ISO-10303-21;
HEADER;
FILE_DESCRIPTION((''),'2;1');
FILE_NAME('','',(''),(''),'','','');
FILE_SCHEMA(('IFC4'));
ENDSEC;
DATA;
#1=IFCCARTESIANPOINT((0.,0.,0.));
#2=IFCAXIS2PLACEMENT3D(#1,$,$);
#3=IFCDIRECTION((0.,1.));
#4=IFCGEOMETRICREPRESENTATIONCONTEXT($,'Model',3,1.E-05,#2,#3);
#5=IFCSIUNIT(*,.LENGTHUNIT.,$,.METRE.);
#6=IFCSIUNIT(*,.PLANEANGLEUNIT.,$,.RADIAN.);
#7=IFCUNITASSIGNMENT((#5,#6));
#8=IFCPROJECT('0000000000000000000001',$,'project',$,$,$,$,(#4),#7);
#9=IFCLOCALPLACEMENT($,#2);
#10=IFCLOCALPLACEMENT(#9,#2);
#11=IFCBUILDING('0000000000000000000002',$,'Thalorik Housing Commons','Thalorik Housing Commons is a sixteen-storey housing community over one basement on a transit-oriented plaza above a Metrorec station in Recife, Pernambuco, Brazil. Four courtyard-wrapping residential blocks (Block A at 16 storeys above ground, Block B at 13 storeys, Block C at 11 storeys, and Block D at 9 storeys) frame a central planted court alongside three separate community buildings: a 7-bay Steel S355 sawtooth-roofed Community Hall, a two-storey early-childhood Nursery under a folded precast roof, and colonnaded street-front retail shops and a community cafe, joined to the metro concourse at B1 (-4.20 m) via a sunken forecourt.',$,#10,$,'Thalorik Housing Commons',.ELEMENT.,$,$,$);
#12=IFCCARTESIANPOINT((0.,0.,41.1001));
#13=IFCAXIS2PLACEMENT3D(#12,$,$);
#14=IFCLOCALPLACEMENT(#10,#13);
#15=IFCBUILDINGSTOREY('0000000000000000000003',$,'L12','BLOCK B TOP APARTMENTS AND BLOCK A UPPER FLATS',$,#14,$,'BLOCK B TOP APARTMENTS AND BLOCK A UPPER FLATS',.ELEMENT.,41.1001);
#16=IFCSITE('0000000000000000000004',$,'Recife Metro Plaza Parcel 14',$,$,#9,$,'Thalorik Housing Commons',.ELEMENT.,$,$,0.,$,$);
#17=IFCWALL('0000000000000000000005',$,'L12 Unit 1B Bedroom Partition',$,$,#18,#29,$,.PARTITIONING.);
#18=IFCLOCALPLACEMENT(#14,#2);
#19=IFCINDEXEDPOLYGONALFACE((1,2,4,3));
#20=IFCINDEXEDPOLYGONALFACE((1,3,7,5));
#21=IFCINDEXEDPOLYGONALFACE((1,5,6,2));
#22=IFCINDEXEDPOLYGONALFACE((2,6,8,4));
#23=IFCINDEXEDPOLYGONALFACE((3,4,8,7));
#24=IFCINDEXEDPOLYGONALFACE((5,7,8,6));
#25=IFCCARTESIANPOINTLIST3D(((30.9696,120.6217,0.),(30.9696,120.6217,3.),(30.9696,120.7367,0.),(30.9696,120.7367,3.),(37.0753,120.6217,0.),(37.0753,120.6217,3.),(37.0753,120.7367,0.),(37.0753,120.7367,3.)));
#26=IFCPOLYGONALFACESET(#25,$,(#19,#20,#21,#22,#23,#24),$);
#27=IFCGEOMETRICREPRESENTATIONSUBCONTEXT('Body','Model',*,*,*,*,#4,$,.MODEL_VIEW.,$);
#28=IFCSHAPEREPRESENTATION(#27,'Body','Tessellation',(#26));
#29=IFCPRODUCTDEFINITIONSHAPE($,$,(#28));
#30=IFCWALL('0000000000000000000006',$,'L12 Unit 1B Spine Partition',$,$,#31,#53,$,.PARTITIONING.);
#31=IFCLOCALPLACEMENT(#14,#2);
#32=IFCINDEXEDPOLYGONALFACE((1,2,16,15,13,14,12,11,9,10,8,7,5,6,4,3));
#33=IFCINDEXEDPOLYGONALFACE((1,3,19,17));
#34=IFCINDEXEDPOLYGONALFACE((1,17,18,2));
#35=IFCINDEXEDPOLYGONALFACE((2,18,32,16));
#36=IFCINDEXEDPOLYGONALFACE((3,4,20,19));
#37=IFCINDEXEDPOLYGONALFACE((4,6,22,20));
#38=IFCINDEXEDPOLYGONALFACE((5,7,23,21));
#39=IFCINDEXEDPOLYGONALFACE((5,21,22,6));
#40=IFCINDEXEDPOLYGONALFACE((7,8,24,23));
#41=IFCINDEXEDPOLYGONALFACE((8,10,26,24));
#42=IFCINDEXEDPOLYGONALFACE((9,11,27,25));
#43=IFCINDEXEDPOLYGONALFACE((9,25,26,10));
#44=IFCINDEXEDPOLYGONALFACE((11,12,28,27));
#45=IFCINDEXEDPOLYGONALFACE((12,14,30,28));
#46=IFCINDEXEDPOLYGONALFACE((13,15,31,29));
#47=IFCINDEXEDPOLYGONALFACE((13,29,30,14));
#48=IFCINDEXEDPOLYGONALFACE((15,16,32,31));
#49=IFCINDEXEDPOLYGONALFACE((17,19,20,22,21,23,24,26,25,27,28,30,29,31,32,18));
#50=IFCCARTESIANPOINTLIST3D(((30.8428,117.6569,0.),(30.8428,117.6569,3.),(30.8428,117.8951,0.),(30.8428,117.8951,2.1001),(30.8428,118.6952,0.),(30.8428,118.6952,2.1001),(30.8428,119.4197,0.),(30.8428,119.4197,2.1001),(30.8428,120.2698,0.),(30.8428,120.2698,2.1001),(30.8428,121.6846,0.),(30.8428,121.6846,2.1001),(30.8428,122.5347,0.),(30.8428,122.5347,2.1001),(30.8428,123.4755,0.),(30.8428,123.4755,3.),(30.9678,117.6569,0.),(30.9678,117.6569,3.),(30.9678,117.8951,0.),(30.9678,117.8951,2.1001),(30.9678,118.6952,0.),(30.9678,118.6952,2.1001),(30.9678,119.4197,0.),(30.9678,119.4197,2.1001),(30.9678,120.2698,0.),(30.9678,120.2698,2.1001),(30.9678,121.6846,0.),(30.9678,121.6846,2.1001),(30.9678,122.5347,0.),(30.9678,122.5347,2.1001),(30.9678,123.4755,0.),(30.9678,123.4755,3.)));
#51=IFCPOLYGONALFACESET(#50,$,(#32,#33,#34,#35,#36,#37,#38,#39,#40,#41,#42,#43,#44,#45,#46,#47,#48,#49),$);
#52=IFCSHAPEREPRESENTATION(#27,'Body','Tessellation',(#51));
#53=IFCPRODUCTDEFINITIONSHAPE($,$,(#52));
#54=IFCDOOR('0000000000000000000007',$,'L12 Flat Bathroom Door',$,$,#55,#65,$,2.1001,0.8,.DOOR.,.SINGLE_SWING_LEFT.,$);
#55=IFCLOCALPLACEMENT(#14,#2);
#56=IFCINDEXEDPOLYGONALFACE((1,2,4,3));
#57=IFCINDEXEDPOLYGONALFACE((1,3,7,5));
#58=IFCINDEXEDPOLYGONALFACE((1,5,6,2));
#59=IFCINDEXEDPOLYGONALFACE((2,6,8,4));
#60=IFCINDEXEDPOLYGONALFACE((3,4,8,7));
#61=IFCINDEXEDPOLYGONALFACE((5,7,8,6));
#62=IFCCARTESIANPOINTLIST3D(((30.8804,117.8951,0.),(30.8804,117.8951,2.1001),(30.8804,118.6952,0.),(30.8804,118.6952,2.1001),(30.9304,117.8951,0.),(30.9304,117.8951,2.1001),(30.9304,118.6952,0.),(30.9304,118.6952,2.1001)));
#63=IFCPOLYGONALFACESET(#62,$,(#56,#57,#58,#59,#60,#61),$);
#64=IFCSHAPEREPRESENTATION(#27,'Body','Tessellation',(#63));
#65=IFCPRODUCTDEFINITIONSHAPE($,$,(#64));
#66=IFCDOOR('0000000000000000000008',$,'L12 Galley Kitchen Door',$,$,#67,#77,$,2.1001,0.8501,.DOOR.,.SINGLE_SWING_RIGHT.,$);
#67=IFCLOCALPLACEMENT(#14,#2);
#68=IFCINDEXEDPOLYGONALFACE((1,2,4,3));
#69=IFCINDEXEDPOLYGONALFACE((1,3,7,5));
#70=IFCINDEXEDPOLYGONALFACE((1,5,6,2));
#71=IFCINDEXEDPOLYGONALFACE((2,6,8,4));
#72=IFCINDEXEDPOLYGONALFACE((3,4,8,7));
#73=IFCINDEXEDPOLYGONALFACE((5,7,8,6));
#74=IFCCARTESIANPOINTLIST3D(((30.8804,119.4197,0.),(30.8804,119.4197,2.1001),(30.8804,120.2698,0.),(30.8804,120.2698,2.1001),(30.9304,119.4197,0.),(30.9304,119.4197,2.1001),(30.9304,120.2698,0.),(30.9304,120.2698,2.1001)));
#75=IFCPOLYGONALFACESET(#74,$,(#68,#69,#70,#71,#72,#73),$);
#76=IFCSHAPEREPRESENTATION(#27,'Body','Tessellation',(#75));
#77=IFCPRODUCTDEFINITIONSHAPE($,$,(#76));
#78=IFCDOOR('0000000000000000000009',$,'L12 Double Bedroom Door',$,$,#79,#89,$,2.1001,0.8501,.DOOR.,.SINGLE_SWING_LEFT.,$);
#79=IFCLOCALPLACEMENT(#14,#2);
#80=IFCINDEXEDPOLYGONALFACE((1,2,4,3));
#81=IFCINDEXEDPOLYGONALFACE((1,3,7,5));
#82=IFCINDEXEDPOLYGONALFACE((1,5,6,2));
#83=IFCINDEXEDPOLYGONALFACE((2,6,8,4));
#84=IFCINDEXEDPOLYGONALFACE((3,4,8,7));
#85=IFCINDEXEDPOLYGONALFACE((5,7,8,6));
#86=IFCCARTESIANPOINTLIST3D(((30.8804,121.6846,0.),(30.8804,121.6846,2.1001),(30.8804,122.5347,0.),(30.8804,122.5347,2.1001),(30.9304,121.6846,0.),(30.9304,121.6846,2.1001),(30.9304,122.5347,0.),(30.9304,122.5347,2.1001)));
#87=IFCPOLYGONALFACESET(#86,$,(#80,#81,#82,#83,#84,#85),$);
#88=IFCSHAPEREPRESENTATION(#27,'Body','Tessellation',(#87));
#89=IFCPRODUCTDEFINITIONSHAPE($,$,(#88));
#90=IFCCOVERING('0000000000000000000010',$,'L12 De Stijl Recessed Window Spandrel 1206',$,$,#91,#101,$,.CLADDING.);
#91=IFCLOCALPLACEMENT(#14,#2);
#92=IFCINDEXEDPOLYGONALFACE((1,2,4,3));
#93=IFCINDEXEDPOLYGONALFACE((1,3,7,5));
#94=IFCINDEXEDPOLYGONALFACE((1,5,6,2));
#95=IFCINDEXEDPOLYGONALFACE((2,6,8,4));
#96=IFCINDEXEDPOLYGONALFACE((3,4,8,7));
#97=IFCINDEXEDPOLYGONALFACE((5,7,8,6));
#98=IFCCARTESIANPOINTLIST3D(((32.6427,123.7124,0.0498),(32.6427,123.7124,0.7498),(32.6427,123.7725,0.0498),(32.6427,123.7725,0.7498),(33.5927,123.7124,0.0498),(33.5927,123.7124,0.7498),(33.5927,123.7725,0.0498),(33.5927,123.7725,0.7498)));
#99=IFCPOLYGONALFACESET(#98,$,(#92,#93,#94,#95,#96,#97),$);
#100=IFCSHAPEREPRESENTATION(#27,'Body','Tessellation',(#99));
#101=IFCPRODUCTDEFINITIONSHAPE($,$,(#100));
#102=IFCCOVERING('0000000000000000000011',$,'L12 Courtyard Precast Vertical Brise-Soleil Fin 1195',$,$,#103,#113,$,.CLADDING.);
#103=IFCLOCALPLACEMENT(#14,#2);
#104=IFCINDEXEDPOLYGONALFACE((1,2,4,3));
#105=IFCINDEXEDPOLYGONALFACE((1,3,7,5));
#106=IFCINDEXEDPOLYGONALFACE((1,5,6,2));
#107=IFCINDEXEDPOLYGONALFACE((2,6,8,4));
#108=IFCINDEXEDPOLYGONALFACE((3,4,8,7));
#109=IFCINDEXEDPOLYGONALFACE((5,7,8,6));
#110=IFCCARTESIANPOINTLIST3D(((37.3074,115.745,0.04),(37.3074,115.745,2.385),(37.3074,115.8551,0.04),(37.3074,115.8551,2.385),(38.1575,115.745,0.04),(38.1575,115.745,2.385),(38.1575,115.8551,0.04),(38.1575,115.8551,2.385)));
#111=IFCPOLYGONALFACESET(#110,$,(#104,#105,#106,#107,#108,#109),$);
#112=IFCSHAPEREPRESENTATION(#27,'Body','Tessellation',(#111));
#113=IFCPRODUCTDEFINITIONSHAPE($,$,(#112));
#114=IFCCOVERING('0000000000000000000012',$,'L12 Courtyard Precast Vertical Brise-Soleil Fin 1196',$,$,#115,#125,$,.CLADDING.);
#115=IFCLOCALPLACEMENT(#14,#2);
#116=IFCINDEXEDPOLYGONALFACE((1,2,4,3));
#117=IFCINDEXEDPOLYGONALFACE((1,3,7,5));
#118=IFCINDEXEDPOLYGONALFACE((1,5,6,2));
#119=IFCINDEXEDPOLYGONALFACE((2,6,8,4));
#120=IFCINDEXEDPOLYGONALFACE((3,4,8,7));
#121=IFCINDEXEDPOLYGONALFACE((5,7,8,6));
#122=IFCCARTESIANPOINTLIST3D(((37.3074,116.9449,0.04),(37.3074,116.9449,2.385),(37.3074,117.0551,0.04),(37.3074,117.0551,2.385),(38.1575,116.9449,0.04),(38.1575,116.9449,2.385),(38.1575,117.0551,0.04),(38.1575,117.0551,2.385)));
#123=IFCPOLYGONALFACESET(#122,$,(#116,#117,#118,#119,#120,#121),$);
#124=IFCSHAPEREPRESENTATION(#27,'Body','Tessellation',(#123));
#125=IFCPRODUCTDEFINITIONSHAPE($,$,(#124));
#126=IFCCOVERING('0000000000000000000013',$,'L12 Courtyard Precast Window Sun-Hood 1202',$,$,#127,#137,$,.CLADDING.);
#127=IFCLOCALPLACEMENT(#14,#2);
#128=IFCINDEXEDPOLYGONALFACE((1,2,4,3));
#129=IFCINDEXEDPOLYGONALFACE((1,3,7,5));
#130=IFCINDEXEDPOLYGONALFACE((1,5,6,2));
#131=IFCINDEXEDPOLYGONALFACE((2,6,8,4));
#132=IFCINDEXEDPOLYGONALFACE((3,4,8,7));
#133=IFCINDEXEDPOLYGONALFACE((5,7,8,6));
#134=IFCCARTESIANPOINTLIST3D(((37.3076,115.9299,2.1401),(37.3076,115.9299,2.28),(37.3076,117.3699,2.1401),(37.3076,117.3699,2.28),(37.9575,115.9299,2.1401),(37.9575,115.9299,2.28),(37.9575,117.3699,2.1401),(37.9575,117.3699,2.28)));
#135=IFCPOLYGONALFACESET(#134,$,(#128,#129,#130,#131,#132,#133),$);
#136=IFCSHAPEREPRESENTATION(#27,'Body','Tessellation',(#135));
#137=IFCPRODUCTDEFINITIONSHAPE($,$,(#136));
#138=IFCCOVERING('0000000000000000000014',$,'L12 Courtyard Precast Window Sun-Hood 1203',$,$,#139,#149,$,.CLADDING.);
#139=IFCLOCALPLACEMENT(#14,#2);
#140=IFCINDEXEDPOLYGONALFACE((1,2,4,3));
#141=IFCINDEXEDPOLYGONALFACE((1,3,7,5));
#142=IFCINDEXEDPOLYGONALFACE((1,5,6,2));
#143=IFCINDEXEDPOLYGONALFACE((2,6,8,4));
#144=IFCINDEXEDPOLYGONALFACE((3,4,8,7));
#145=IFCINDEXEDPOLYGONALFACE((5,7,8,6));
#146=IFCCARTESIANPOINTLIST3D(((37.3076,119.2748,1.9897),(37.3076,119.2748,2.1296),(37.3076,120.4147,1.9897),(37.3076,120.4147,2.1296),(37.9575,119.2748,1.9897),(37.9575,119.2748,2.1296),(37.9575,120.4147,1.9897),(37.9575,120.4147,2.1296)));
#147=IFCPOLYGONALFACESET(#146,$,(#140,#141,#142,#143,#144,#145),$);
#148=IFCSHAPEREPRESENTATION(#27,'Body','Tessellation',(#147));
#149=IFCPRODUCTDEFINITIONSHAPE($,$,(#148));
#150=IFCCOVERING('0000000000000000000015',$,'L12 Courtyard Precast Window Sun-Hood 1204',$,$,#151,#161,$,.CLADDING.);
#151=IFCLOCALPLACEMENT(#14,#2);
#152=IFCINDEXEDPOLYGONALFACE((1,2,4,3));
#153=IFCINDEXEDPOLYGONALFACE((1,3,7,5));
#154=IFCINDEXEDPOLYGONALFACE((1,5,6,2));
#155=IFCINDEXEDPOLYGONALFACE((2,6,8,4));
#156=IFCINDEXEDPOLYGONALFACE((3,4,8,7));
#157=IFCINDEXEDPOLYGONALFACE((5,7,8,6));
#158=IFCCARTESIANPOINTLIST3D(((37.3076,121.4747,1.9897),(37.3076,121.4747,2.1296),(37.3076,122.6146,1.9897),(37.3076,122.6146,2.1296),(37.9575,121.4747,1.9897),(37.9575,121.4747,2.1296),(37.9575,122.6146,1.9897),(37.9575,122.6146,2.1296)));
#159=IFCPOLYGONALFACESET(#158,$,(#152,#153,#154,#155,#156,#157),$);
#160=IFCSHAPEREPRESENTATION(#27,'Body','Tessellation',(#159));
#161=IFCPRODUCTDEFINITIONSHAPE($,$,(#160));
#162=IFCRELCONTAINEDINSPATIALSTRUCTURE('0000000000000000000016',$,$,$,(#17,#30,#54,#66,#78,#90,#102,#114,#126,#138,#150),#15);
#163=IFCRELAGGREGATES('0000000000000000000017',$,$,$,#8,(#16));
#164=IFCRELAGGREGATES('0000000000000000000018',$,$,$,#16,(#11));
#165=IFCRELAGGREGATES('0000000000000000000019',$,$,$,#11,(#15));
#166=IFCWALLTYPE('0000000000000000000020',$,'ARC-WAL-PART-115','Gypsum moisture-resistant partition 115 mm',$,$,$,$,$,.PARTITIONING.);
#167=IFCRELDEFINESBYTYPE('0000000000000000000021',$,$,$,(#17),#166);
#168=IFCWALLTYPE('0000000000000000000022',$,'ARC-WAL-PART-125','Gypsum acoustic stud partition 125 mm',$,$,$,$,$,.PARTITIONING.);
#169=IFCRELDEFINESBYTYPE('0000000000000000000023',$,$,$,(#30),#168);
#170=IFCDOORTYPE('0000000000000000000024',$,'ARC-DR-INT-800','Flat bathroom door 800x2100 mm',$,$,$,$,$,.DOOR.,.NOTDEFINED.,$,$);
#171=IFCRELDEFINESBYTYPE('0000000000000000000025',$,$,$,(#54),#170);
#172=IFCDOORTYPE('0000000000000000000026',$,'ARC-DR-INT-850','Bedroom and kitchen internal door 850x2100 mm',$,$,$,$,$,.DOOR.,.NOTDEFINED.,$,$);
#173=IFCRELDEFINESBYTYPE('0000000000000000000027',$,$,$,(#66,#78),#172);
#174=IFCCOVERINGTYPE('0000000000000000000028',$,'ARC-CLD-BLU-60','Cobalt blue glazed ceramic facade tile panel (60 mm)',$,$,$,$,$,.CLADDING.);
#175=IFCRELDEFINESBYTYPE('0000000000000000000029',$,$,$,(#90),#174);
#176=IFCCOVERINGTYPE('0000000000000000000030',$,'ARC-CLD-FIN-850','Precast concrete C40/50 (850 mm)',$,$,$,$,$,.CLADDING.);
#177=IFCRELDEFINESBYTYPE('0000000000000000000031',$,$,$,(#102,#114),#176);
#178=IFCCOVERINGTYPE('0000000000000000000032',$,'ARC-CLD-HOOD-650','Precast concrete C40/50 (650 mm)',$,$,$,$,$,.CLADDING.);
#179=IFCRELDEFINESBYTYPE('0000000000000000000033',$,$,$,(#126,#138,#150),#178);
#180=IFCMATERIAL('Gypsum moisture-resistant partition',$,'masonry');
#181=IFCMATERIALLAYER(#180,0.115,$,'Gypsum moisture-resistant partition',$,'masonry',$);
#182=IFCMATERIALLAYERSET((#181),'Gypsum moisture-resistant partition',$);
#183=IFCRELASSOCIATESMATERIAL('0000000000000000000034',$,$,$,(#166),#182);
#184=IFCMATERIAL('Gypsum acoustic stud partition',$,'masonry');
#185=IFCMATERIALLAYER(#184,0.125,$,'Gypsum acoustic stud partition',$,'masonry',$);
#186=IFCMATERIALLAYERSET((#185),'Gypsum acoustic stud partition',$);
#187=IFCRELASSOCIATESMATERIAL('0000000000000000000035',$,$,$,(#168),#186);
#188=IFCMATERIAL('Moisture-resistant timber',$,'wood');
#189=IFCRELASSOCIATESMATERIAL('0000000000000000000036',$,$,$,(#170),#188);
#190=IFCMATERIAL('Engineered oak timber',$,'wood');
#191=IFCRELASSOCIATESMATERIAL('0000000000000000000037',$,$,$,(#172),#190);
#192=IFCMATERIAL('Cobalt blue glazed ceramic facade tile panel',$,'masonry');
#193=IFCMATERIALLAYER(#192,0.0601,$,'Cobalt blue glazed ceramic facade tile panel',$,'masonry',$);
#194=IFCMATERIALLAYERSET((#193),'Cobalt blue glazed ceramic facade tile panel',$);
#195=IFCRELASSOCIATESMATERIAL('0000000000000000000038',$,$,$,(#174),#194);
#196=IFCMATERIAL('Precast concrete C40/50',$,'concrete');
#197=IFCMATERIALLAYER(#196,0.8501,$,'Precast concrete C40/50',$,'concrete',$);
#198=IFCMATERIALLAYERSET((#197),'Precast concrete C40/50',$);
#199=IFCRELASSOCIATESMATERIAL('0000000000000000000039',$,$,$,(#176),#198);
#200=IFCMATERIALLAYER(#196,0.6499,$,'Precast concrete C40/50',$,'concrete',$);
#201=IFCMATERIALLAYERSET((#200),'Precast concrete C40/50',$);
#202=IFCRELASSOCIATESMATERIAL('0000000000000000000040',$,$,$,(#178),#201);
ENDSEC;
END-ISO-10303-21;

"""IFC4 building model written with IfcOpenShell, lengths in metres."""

from ifc_helpers import new_model, si_unit, direction, frame, frame_2d, origin, origin_2d, place, context, subcontext, project, spatial, rectangle, extrude, material, layer, layer_set, type_object, element, fill, save


model = new_model("IFC4")

# Units and contexts
model_context = context("Model", 3, precision=1e-05, world=origin(), true_north=direction((0.0, 1.0)))
body_context = subcontext(model_context, "Body", "Model", "MODEL_VIEW")
ifc_project = project(units=[si_unit("LENGTHUNIT", "METRE"), si_unit("PLANEANGLEUNIT", "RADIAN")], contexts=[model_context])

# Site, building, storey
site_placement = place(None, origin())
site = spatial("IfcSite", under=ifc_project, at=site_placement, Name="Recife Metro Plaza Parcel 14", LongName="Thalorik Housing Commons", CompositionType="ELEMENT", RefElevation=0.0)
building_placement = place(site_placement, origin())
building = spatial("IfcBuilding", under=site, at=building_placement, Name="Thalorik Housing Commons", Description="Thalorik Housing Commons is a sixteen-storey housing community over one basement on a transit-oriented plaza above a Metrorec station in Recife, Pernambuco, Brazil. Four courtyard-wrapping residential blocks (Block A at 16 storeys above ground, Block B at 13 storeys, Block C at 11 storeys, and Block D at 9 storeys) frame a central planted court alongside three separate community buildings: a 7-bay Steel S355 sawtooth-roofed Community Hall, a two-storey early-childhood Nursery under a folded precast roof, and colonnaded street-front retail shops and a community cafe, joined to the metro concourse at B1 (-4.20 m) via a sunken forecourt.", LongName="Thalorik Housing Commons", CompositionType="ELEMENT")
storey_placement = place(building_placement, frame((0.0, 0.0, 41.1001)))
storey = spatial("IfcBuildingStorey", under=building, at=storey_placement, Name="L12", Description="BLOCK B TOP APARTMENTS AND BLOCK A UPPER FLATS", LongName="BLOCK B TOP APARTMENTS AND BLOCK A UPPER FLATS", CompositionType="ELEMENT", Elevation=41.1001)

# Shared definitions
ifc_material_1 = material(Name="Precast concrete C40/50", Category="concrete")

# Wall
ifc_material_2 = material(Name="Gypsum moisture-resistant partition", Category="masonry")
ifc_layer_1 = layer(ifc_material_2, 0.115, Name="Gypsum moisture-resistant partition", Category="masonry")
ifc_layer_set_1 = layer_set([ifc_layer_1], Name="Gypsum moisture-resistant partition")
wall_type_1 = type_object("IfcWallType", Name="ARC-WAL-PART-115", Description="Gypsum moisture-resistant partition 115 mm", PredefinedType="PARTITIONING", material=ifc_layer_set_1)
wall_1_placement = place(storey_placement, frame((30.9697, 120.6792, 0.0), z_axis=(0.0, 0.0, 1.0), x_axis=(1.0, 0.0, 0.0)))
element("IfcWall", 1, at=wall_1_placement, inside=storey, type_object=wall_type_1, Name="L12 Unit 1B Bedroom Partition", PredefinedType="PARTITIONING", context=body_context, shape_type="SweptSolid", body=[
    extrude(rectangle(XDim=6.1057, YDim=0.115, at=frame_2d((3.0527, 0.0))), origin(), (0.0, 0.0, 1.0), 3.0),
])

# Wall, openings, doors
ifc_material_3 = material(Name="Gypsum acoustic stud partition", Category="masonry")
ifc_layer_2 = layer(ifc_material_3, 0.125, Name="Gypsum acoustic stud partition", Category="masonry")
ifc_layer_set_2 = layer_set([ifc_layer_2], Name="Gypsum acoustic stud partition")
wall_type_2 = type_object("IfcWallType", Name="ARC-WAL-PART-125", Description="Gypsum acoustic stud partition 125 mm", PredefinedType="PARTITIONING", material=ifc_layer_set_2)
wall_2_placement = place(storey_placement, frame((30.9053, 117.657, 0.0), z_axis=(0.0, 0.0, 1.0), x_axis=(0.0, 1.0, 0.0)))
wall_2 = element("IfcWall", 2, at=wall_2_placement, inside=storey, type_object=wall_type_2, Name="L12 Unit 1B Spine Partition", PredefinedType="PARTITIONING", context=body_context, shape_type="SweptSolid", body=[
    extrude(rectangle(XDim=5.8186, YDim=0.125, at=frame_2d((2.9092, 0.0))), origin(), (0.0, 0.0, 1.0), 3.0),
])
opening_1_placement = place(wall_2_placement, frame((0.2383, 0.0, 0.0)))
opening_1 = element("IfcOpeningElement", 3, at=opening_1_placement, cuts=wall_2, PredefinedType="OPENING", context=body_context, shape_type="SweptSolid", body=[
    extrude(rectangle(XDim=0.8, YDim=2.1001, at=frame_2d((0.3999, 1.05))), frame((0.0, 0.0725, 0.0), z_axis=(0.0, -1.0, 0.0), x_axis=(1.0, 0.0, 0.0)), (0.0, 0.0, 1.0), 0.145),
])
opening_2_placement = place(wall_2_placement, frame((1.7627, 0.0, 0.0)))
opening_2 = element("IfcOpeningElement", 4, at=opening_2_placement, cuts=wall_2, PredefinedType="OPENING", context=body_context, shape_type="SweptSolid", body=[
    extrude(rectangle(XDim=0.8501, YDim=2.1001, at=frame_2d((0.425, 1.05))), frame((0.0, 0.0725, 0.0), z_axis=(0.0, -1.0, 0.0), x_axis=(1.0, 0.0, 0.0)), (0.0, 0.0, 1.0), 0.145),
])
opening_3_placement = place(wall_2_placement, frame((4.0276, 0.0, 0.0)))
opening_3 = element("IfcOpeningElement", 5, at=opening_3_placement, cuts=wall_2, PredefinedType="OPENING", context=body_context, shape_type="SweptSolid", body=[
    extrude(rectangle(XDim=0.8501, YDim=2.1001, at=frame_2d((0.425, 1.05))), frame((0.0, 0.0725, 0.0), z_axis=(0.0, -1.0, 0.0), x_axis=(1.0, 0.0, 0.0)), (0.0, 0.0, 1.0), 0.145),
])
ifc_material_4 = material(Name="Moisture-resistant timber", Category="wood")
door_type_1 = type_object("IfcDoorType", Name="ARC-DR-INT-800", Description="Flat bathroom door 800x2100 mm", OperationType="NOTDEFINED", PredefinedType="DOOR", material=ifc_material_4)
door_1_placement = place(opening_1_placement, origin())
door_1 = element("IfcDoor", 6, at=door_1_placement, inside=storey, type_object=door_type_1, Name="L12 Flat Bathroom Door", OperationType="SINGLE_SWING_LEFT", OverallHeight=2.1001, OverallWidth=0.8, PredefinedType="DOOR", context=body_context, shape_type="SweptSolid", body=[
    extrude(rectangle(XDim=0.8, YDim=2.1001, at=frame_2d((0.3999, 1.05))), frame((0.0, 0.0249, 0.0), z_axis=(0.0, -1.0, 0.0), x_axis=(1.0, 0.0, 0.0)), (0.0, 0.0, 1.0), 0.05),
])
fill(opening_1, door_1)
ifc_material_5 = material(Name="Engineered oak timber", Category="wood")
door_type_2 = type_object("IfcDoorType", Name="ARC-DR-INT-850", Description="Bedroom and kitchen internal door 850x2100 mm", OperationType="NOTDEFINED", PredefinedType="DOOR", material=ifc_material_5)
door_2_placement = place(opening_2_placement, origin())
door_2 = element("IfcDoor", 7, at=door_2_placement, inside=storey, type_object=door_type_2, Name="L12 Galley Kitchen Door", OperationType="SINGLE_SWING_RIGHT", OverallHeight=2.1001, OverallWidth=0.8501, PredefinedType="DOOR", context=body_context, shape_type="SweptSolid", body=[
    extrude(rectangle(XDim=0.8501, YDim=2.1001, at=frame_2d((0.425, 1.05))), frame((0.0, 0.0249, 0.0), z_axis=(0.0, -1.0, 0.0), x_axis=(1.0, 0.0, 0.0)), (0.0, 0.0, 1.0), 0.05),
])
fill(opening_2, door_2)
door_3_placement = place(opening_3_placement, origin())
door_3 = element("IfcDoor", 8, at=door_3_placement, inside=storey, type_object=door_type_2, Name="L12 Double Bedroom Door", OperationType="SINGLE_SWING_LEFT", OverallHeight=2.1001, OverallWidth=0.8501, PredefinedType="DOOR", context=body_context, shape_type="SweptSolid", body=[
    extrude(rectangle(XDim=0.8501, YDim=2.1001, at=frame_2d((0.425, 1.05))), frame((0.0, 0.0249, 0.0), z_axis=(0.0, -1.0, 0.0), x_axis=(1.0, 0.0, 0.0)), (0.0, 0.0, 1.0), 0.05),
])
fill(opening_3, door_3)

# Coverings
ifc_material_6 = material(Name="Cobalt blue glazed ceramic facade tile panel", Category="masonry")
ifc_layer_3 = layer(ifc_material_6, 0.0601, Name="Cobalt blue glazed ceramic facade tile panel", Category="masonry")
ifc_layer_set_3 = layer_set([ifc_layer_3], Name="Cobalt blue glazed ceramic facade tile panel")
covering_type_1 = type_object("IfcCoveringType", Name="ARC-CLD-BLU-60", Description="Cobalt blue glazed ceramic facade tile panel (60 mm)", PredefinedType="CLADDING", material=ifc_layer_set_3)
covering_1_placement = place(storey_placement, frame((33.1177, 123.7424, 0.0498), z_axis=(0.0, 0.0, 1.0), x_axis=(-1.0, 0.0, 0.0)))
element("IfcCovering", 9, at=covering_1_placement, inside=storey, type_object=covering_type_1, Name="L12 De Stijl Recessed Window Spandrel 1206", PredefinedType="CLADDING", context=body_context, shape_type="SweptSolid", body=[
    extrude(rectangle(XDim=0.95, YDim=0.0601, at=origin_2d()), origin(), (0.0, 0.0, 1.0), 0.7),
])
ifc_layer_4 = layer(ifc_material_1, 0.8501, Name="Precast concrete C40/50", Category="concrete")
ifc_layer_set_4 = layer_set([ifc_layer_4], Name="Precast concrete C40/50")
covering_type_2 = type_object("IfcCoveringType", Name="ARC-CLD-FIN-850", Description="Precast concrete C40/50 (850 mm)", PredefinedType="CLADDING", material=ifc_layer_set_4)
for number, where, z_axis, x_axis, name in (
    (10, (37.7324, 115.8, 0.04), (0.0, 0.0, 1.0), (0.0, 1.0, 0.0), "L12 Courtyard Precast Vertical Brise-Soleil Fin 1195"),
    (11, (37.7324, 117.0, 0.04), (0.0, 0.0, 1.0), (0.0, 1.0, 0.0), "L12 Courtyard Precast Vertical Brise-Soleil Fin 1196"),
):
    element("IfcCovering", number, at=place(storey_placement, frame(where, z_axis=z_axis, x_axis=x_axis)), inside=storey, type_object=covering_type_2, Name=name, PredefinedType="CLADDING", context=body_context, shape_type="SweptSolid", body=[
        extrude(rectangle(XDim=0.1101, YDim=0.8501, at=origin_2d()), origin(), (0.0, 0.0, 1.0), 2.345),
    ])
ifc_layer_5 = layer(ifc_material_1, 0.6499, Name="Precast concrete C40/50", Category="concrete")
ifc_layer_set_5 = layer_set([ifc_layer_5], Name="Precast concrete C40/50")
covering_type_3 = type_object("IfcCoveringType", Name="ARC-CLD-HOOD-650", Description="Precast concrete C40/50 (650 mm)", PredefinedType="CLADDING", material=ifc_layer_set_5)
covering_2_placement = place(storey_placement, frame((37.6326, 116.6499, 2.1401), z_axis=(0.0, 0.0, 1.0), x_axis=(0.0, 1.0, 0.0)))
element("IfcCovering", 12, at=covering_2_placement, inside=storey, type_object=covering_type_3, Name="L12 Courtyard Precast Window Sun-Hood 1202", PredefinedType="CLADDING", context=body_context, shape_type="SweptSolid", body=[
    extrude(rectangle(XDim=1.4399, YDim=0.6499, at=origin_2d()), origin(), (0.0, 0.0, 1.0), 0.1399),
])
for number, where, z_axis, x_axis, name in (
    (13, (37.6326, 119.8447, 1.9897), (0.0, 0.0, 1.0), (0.0, 1.0, 0.0), "L12 Courtyard Precast Window Sun-Hood 1203"),
    (14, (37.6326, 122.0447, 1.9897), (0.0, 0.0, 1.0), (0.0, 1.0, 0.0), "L12 Courtyard Precast Window Sun-Hood 1204"),
):
    element("IfcCovering", number, at=place(storey_placement, frame(where, z_axis=z_axis, x_axis=x_axis)), inside=storey, type_object=covering_type_3, Name=name, PredefinedType="CLADDING", context=body_context, shape_type="SweptSolid", body=[
        extrude(rectangle(XDim=1.1399, YDim=0.6499, at=origin_2d()), origin(), (0.0, 0.0, 1.0), 0.1399),
    ])

save(model, "model.ifc")
